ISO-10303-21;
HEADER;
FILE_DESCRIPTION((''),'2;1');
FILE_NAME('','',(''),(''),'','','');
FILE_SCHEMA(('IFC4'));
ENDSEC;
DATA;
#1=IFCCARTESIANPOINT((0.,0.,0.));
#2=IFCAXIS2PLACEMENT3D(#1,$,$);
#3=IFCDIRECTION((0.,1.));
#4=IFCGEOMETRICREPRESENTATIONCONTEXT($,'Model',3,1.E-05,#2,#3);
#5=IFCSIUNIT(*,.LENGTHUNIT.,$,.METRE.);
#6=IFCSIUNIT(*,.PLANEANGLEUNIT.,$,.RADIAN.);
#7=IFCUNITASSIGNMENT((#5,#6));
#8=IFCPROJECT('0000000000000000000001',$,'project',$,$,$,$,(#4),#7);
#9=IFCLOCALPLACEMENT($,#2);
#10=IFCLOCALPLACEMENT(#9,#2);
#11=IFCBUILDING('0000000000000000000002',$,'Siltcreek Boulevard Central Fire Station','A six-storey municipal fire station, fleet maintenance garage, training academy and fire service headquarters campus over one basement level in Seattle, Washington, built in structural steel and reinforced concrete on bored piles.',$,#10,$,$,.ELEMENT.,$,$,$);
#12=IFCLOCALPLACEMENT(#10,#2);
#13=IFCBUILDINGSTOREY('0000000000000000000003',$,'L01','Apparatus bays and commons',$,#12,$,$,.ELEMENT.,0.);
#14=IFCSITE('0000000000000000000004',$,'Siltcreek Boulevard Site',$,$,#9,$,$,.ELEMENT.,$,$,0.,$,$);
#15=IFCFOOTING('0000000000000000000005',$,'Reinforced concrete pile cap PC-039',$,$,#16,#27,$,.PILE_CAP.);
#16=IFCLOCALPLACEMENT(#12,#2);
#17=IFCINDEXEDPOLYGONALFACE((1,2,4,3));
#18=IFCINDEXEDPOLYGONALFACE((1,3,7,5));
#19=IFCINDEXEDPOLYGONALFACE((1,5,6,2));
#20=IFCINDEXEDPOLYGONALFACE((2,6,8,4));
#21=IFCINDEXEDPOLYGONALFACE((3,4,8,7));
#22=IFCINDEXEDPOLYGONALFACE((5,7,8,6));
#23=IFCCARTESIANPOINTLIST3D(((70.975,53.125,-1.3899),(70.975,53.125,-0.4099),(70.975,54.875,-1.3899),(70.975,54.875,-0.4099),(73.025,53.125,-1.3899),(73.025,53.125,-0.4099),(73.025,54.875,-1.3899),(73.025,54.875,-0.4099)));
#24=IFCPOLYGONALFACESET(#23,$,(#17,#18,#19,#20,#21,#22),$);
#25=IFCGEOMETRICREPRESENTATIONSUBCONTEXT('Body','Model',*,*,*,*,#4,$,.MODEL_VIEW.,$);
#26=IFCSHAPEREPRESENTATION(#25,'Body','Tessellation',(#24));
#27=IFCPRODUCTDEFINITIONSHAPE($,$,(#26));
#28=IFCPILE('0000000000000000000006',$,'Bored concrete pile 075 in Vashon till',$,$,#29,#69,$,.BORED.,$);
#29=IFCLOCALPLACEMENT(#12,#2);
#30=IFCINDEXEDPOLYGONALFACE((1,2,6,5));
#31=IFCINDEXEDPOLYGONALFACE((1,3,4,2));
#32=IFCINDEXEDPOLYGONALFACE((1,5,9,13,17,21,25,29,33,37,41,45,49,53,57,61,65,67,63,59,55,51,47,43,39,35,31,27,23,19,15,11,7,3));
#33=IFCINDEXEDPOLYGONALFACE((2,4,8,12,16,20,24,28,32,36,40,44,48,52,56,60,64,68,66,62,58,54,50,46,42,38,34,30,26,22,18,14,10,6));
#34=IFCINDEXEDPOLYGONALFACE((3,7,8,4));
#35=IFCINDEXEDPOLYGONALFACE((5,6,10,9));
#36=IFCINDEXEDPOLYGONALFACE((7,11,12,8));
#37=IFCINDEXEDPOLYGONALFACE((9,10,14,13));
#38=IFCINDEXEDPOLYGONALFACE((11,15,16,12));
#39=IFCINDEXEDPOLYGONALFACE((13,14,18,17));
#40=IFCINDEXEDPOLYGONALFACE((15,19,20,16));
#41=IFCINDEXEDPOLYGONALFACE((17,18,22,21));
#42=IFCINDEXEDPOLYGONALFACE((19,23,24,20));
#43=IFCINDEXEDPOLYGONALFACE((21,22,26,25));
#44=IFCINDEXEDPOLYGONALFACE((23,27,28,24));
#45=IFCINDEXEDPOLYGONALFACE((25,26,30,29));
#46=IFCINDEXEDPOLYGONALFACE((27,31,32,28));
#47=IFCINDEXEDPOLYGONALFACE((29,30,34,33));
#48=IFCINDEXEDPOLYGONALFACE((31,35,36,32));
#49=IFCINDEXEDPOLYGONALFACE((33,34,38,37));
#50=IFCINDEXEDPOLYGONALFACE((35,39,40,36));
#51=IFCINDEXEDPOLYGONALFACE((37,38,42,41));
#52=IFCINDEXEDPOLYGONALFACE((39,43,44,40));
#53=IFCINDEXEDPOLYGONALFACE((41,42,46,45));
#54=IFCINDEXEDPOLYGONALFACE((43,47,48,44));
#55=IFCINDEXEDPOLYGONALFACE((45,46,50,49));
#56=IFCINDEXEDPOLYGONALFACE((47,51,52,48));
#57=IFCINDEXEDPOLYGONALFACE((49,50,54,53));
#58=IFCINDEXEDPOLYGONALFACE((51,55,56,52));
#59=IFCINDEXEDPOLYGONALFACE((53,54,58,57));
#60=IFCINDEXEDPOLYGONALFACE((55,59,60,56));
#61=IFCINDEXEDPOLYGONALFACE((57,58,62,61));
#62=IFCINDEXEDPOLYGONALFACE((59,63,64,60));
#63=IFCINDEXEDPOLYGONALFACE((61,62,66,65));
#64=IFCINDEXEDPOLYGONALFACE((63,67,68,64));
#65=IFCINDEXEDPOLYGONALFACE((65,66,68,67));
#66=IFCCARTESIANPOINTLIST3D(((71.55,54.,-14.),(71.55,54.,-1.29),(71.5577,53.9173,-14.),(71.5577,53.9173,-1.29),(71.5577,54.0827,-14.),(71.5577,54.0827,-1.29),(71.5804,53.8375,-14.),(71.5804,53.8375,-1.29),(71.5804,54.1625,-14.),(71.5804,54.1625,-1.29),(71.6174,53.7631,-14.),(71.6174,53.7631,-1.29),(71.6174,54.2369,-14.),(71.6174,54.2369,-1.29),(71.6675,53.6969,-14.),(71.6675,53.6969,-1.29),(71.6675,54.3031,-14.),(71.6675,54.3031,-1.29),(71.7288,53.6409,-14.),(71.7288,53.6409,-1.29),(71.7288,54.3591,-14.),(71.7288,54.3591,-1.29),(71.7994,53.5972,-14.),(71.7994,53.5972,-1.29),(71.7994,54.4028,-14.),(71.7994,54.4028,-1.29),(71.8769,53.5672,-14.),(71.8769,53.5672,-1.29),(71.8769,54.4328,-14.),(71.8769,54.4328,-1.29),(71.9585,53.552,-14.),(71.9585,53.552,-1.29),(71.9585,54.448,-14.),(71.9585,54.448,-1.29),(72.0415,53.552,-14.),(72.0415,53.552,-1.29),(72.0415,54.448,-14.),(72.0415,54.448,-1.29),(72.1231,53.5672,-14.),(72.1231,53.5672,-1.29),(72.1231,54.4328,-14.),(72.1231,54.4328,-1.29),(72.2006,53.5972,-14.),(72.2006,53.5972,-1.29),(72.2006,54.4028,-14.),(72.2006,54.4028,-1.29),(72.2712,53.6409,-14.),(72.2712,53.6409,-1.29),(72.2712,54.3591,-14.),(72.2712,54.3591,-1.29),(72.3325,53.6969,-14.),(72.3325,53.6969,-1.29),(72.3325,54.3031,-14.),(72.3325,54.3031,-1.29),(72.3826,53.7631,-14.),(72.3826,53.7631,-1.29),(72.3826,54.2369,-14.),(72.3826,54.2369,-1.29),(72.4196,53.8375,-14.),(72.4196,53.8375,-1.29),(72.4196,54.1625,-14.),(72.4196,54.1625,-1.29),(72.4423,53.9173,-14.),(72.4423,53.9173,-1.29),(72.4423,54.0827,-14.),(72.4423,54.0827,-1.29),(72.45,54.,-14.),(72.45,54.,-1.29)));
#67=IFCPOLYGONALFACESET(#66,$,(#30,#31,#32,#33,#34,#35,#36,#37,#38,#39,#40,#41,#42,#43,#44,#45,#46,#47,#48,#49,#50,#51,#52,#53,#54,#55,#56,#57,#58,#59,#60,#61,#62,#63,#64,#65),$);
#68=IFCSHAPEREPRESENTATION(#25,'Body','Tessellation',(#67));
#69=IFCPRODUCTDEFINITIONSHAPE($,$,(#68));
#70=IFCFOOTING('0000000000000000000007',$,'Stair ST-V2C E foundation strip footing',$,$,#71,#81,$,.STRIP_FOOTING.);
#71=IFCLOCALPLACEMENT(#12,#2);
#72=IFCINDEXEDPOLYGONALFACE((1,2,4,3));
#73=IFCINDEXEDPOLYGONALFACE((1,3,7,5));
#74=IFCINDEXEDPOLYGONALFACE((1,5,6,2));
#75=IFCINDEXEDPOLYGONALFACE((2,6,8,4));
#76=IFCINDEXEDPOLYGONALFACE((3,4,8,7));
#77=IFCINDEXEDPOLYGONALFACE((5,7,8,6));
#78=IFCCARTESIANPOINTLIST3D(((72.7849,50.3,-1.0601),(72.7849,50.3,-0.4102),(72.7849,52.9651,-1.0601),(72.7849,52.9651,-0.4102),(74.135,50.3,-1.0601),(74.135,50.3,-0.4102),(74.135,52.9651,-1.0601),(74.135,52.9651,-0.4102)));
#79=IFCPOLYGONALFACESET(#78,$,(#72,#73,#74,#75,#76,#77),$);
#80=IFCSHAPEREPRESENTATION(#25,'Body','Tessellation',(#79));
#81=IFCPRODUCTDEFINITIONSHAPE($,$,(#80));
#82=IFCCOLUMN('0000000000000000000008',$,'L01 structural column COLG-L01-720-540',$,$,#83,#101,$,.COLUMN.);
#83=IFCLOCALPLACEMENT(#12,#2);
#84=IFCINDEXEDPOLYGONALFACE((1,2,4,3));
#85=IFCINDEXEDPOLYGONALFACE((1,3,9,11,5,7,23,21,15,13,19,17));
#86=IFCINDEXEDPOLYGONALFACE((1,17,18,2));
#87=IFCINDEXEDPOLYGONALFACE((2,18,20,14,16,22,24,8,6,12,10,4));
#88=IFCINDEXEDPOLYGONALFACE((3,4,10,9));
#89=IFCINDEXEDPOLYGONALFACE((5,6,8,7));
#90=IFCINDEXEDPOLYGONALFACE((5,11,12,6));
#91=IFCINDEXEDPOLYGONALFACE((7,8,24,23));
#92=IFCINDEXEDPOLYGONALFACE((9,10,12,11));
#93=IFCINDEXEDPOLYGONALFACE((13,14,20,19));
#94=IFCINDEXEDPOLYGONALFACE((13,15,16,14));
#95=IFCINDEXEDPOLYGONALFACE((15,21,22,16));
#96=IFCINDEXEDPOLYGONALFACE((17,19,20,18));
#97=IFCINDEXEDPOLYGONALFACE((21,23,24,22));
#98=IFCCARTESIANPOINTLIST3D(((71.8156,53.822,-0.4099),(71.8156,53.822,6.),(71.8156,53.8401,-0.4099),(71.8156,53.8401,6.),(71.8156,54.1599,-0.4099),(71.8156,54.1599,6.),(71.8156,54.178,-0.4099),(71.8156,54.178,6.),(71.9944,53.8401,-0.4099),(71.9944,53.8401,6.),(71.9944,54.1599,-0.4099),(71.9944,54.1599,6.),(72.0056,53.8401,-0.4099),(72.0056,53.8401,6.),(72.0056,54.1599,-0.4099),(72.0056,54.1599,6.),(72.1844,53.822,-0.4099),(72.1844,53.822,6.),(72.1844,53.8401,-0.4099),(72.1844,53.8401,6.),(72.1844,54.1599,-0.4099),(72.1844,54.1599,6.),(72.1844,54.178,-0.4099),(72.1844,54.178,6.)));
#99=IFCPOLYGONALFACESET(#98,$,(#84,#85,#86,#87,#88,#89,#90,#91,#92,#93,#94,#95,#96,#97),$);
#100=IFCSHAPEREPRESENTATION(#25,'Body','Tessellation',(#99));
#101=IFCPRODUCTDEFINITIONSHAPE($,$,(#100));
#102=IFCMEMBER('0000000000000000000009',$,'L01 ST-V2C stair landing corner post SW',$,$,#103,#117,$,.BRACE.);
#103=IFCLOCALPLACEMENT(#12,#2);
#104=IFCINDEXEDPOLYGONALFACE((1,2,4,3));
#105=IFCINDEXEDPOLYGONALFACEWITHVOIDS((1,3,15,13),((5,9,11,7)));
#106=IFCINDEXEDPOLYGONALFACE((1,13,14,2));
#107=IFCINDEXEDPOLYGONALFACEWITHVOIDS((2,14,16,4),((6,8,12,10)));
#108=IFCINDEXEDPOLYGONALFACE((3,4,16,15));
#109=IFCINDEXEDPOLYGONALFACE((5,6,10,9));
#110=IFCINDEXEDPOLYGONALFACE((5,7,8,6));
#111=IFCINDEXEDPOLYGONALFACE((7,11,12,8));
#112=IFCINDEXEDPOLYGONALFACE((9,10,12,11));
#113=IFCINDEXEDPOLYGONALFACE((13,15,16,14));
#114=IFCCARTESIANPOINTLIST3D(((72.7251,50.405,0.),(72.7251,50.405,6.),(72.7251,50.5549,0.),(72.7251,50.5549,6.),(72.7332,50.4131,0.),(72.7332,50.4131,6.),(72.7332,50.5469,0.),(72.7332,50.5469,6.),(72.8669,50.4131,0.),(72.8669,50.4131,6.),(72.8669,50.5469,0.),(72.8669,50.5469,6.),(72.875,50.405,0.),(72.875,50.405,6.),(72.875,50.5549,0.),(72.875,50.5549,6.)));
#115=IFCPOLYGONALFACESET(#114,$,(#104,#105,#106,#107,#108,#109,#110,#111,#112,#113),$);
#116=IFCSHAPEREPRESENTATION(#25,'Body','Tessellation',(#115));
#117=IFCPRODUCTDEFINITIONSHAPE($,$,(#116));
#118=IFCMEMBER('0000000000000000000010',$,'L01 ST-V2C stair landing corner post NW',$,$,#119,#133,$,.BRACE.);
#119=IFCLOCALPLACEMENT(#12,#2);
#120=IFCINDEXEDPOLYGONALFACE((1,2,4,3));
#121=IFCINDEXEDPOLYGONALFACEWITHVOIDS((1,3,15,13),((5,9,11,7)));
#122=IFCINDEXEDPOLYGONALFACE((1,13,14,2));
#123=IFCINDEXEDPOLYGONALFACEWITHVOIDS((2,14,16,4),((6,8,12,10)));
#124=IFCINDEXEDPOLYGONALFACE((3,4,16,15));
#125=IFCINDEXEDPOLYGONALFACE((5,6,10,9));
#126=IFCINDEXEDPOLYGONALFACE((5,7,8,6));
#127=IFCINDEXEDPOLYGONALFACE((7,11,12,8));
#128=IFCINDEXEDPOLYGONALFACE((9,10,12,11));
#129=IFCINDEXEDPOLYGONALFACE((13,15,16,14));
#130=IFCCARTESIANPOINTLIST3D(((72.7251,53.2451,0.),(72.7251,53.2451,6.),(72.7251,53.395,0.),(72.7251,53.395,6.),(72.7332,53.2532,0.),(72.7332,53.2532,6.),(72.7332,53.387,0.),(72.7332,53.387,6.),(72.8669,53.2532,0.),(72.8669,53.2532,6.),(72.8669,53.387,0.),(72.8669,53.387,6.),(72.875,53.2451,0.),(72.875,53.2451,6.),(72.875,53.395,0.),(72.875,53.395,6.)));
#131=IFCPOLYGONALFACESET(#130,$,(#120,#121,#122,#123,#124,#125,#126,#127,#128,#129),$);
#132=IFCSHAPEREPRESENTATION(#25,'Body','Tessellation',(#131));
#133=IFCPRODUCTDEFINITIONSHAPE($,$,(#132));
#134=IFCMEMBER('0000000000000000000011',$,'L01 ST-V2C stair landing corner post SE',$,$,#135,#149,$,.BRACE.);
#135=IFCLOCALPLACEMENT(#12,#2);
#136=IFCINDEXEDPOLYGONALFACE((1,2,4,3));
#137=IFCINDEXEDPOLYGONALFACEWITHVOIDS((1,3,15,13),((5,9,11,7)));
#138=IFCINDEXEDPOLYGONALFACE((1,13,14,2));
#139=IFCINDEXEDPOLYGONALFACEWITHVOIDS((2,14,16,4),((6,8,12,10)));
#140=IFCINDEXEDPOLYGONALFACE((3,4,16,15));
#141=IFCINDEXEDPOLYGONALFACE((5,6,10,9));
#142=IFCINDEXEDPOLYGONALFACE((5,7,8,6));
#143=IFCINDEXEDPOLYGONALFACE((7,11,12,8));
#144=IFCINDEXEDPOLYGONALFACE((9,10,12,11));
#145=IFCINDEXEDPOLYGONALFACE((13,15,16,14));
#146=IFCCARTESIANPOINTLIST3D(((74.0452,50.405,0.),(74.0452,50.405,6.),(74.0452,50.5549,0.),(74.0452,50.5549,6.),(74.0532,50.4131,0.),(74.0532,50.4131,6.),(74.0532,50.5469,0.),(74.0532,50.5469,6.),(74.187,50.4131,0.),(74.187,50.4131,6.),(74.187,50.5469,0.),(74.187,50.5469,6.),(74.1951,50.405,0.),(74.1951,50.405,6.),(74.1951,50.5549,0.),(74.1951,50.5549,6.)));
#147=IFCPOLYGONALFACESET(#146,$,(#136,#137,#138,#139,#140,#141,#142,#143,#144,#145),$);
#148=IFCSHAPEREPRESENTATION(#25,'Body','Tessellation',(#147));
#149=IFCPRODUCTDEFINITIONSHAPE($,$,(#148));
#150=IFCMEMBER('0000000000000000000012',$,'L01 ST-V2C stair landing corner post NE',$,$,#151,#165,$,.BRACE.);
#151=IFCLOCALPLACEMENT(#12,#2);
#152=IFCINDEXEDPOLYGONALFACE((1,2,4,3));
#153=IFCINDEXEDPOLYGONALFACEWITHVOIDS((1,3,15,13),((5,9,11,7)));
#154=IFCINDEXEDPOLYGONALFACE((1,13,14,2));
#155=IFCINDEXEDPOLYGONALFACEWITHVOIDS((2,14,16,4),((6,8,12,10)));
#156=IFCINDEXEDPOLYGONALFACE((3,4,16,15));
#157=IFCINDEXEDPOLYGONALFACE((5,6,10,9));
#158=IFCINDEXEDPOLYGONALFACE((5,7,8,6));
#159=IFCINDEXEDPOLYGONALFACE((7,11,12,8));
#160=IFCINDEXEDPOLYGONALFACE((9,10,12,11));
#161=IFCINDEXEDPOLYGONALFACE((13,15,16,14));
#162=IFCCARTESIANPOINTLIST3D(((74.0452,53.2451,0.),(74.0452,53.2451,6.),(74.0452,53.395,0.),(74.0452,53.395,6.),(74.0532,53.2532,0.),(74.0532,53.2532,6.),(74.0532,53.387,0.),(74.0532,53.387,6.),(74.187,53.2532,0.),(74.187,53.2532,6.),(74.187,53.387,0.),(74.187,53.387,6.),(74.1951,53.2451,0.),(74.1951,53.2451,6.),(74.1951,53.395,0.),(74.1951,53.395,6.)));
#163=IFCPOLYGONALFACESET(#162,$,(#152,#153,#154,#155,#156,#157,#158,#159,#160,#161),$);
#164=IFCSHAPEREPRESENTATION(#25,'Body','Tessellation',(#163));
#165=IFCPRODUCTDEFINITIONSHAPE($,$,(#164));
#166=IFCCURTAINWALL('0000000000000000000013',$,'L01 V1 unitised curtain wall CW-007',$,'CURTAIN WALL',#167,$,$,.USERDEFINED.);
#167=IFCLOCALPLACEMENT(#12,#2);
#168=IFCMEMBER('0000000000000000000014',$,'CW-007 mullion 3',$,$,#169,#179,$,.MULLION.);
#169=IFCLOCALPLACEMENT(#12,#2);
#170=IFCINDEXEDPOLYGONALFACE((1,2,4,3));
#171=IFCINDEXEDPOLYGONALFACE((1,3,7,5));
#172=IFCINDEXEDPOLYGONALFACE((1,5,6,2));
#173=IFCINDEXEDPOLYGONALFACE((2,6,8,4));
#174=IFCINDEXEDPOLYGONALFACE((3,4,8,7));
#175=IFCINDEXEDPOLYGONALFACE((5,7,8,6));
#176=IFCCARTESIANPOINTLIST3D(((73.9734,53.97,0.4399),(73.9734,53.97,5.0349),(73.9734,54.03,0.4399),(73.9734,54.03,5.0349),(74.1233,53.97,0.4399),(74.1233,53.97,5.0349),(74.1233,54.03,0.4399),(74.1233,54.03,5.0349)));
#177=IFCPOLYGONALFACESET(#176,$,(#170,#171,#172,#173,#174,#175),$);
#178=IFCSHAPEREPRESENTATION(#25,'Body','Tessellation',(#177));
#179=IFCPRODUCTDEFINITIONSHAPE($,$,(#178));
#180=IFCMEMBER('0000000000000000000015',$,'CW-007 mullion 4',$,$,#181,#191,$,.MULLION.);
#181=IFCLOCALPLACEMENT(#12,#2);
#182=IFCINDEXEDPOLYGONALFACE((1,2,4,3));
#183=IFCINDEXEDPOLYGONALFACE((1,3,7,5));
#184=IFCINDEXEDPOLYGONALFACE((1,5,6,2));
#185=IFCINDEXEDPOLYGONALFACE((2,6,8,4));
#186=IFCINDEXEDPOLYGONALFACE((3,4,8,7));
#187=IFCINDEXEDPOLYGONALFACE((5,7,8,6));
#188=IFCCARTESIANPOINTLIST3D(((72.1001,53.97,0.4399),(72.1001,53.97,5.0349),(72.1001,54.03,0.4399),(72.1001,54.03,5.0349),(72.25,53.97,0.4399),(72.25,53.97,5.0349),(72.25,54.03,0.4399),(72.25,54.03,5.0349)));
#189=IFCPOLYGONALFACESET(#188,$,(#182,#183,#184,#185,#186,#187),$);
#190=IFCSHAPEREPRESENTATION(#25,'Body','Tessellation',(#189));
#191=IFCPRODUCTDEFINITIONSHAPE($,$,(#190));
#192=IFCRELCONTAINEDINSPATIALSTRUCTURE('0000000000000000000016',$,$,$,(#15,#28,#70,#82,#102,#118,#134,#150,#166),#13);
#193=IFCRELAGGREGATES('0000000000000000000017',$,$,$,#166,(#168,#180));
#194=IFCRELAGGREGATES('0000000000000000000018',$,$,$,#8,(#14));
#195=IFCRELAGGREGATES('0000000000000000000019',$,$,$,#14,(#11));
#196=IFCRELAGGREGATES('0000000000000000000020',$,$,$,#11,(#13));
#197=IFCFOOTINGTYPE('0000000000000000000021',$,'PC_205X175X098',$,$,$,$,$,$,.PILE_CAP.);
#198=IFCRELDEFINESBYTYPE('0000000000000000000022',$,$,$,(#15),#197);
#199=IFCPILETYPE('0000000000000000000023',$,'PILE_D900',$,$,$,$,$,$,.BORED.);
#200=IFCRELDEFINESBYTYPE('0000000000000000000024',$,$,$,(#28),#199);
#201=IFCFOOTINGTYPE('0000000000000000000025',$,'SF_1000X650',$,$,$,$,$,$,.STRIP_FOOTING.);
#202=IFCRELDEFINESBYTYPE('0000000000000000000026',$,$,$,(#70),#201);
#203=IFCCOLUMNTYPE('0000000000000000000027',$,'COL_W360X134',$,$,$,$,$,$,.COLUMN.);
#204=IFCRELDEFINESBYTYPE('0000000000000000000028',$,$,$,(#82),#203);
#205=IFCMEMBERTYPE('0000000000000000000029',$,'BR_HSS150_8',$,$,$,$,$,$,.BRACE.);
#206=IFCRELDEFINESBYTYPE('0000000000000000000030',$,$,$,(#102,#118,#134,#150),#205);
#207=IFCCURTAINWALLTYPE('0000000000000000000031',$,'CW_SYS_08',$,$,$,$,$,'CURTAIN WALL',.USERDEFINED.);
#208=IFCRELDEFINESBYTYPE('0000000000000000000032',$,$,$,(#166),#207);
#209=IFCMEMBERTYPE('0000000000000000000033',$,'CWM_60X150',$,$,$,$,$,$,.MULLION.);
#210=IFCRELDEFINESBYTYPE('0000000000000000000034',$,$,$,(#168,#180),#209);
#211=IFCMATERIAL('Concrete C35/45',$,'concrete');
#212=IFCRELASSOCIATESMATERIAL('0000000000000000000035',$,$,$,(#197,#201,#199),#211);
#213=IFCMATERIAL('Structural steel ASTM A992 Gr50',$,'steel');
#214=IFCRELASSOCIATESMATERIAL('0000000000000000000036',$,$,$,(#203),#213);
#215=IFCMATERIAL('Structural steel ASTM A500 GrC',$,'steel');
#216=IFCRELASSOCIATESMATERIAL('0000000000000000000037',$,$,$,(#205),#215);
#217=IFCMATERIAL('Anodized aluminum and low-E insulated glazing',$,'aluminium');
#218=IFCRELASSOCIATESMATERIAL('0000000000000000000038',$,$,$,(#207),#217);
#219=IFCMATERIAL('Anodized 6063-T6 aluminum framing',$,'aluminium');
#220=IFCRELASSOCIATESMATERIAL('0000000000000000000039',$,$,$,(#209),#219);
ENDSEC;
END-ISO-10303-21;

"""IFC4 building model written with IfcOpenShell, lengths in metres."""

from ifc_helpers import new_model, si_unit, direction, frame, origin, origin_2d, place, context, subcontext, project, spatial, rectangle, hollow_rectangle, circle, i_section, extrude, material, material_profile, profile_set, type_object, element, aggregate, save


model = new_model("IFC4")

# Units and contexts
model_context = context("Model", 3, precision=1e-05, world=origin(), true_north=direction((0.0, 1.0)))
body_context = subcontext(model_context, "Body", "Model", "MODEL_VIEW")
ifc_project = project(units=[si_unit("LENGTHUNIT", "METRE"), si_unit("PLANEANGLEUNIT", "RADIAN")], contexts=[model_context])

# Site, building, storey
site_placement = place(None, origin())
site = spatial("IfcSite", under=ifc_project, at=site_placement, Name="Siltcreek Boulevard Site", CompositionType="ELEMENT", RefElevation=0.0)
building_placement = place(site_placement, origin())
building = spatial("IfcBuilding", under=site, at=building_placement, Name="Siltcreek Boulevard Central Fire Station", Description="A six-storey municipal fire station, fleet maintenance garage, training academy and fire service headquarters campus over one basement level in Seattle, Washington, built in structural steel and reinforced concrete on bored piles.", CompositionType="ELEMENT")
storey_placement = place(building_placement, origin())
storey = spatial("IfcBuildingStorey", under=building, at=storey_placement, Name="L01", Description="Apparatus bays and commons", CompositionType="ELEMENT", Elevation=0.0)

# Footing
ifc_material_1 = material(Name="Concrete C35/45", Category="concrete")
footing_type_1 = type_object("IfcFootingType", Name="PC_205X175X098", PredefinedType="PILE_CAP", material=ifc_material_1)
footing_1_placement = place(storey_placement, frame((72.0, 54.0, -1.3899), z_axis=(0.0, 0.0, 1.0), x_axis=(1.0, 0.0, 0.0)))
element("IfcFooting", 1, at=footing_1_placement, inside=storey, type_object=footing_type_1, Name="Reinforced concrete pile cap PC-039", PredefinedType="PILE_CAP", context=body_context, shape_type="SweptSolid", body=[
    extrude(rectangle(XDim=2.05, YDim=1.75, at=origin_2d()), origin(), (0.0, 0.0, 1.0), 0.98),
])

# Pile
ifc_material_profile_1 = material_profile(ifc_material_1, circle(Radius=0.45, at=origin_2d()), Name="SHAFT900")
ifc_profile_set_1 = profile_set([ifc_material_profile_1], Name="Concrete C35/45")
pile_type = type_object("IfcPileType", Name="PILE_D900", PredefinedType="BORED", material=ifc_profile_set_1)
pile_placement = place(storey_placement, frame((72.0, 54.0, -1.29), z_axis=(0.0, 0.0, -1.0), x_axis=(1.0, 0.0, 0.0)))
element("IfcPile", 2, at=pile_placement, inside=storey, type_object=pile_type, Name="Bored concrete pile 075 in Vashon till", PredefinedType="BORED", context=body_context, shape_type="SweptSolid", body=[
    extrude(circle(Radius=0.45, at=origin_2d()), origin(), (0.0, 0.0, 1.0), 12.71),
])

# Footing
footing_type_2 = type_object("IfcFootingType", Name="SF_1000X650", PredefinedType="STRIP_FOOTING", material=ifc_material_1)
footing_2_placement = place(storey_placement, frame((73.46, 51.6326, -1.0601), z_axis=(0.0, 0.0, 1.0), x_axis=(1.0, 0.0, 0.0)))
element("IfcFooting", 3, at=footing_2_placement, inside=storey, type_object=footing_type_2, Name="Stair ST-V2C E foundation strip footing", PredefinedType="STRIP_FOOTING", context=body_context, shape_type="SweptSolid", body=[
    extrude(rectangle(XDim=1.3501, YDim=2.665, at=origin_2d()), origin(), (0.0, 0.0, 1.0), 0.6499),
])

# Column
ifc_material_2 = material(Name="Structural steel ASTM A992 Gr50", Category="steel")
ifc_material_profile_2 = material_profile(ifc_material_2, i_section(OverallWidth=0.3689, OverallDepth=0.356, WebThickness=0.0112, FlangeThickness=0.0181, at=origin_2d()), Name="W360X134")
ifc_profile_set_2 = profile_set([ifc_material_profile_2], Name="Structural steel ASTM A992 Gr50")
column_type = type_object("IfcColumnType", Name="COL_W360X134", PredefinedType="COLUMN", material=ifc_profile_set_2)
column_placement = place(storey_placement, frame((72.0, 54.0, -0.4099), z_axis=(0.0, 0.0, 1.0), x_axis=(1.0, 0.0, 0.0)))
element("IfcColumn", 4, at=column_placement, inside=storey, type_object=column_type, Name="L01 structural column COLG-L01-720-540", PredefinedType="COLUMN", context=body_context, shape_type="SweptSolid", body=[
    extrude(i_section(OverallWidth=0.3689, OverallDepth=0.356, WebThickness=0.0112, FlangeThickness=0.0181, at=origin_2d()), origin(), (0.0, 0.0, 1.0), 6.4099),
])

# Members
ifc_material_3 = material(Name="Structural steel ASTM A500 GrC", Category="steel")
ifc_material_profile_3 = material_profile(ifc_material_3, hollow_rectangle(XDim=0.1499, YDim=0.1499, WallThickness=0.0081, at=origin_2d()), Name="HSS150X150X8.0")
ifc_profile_set_3 = profile_set([ifc_material_profile_3], Name="Structural steel ASTM A500 GrC")
member_type_1 = type_object("IfcMemberType", Name="BR_HSS150_8", PredefinedType="BRACE", material=ifc_profile_set_3)
for number, where, z_axis, x_axis, name in (
    (5, (72.8, 50.48, 0.0), (0.0, 0.0, 1.0), (1.0, 0.0, 0.0), "L01 ST-V2C stair landing corner post SW"),
    (6, (72.8, 53.3201, 0.0), (0.0, 0.0, 1.0), (1.0, 0.0, 0.0), "L01 ST-V2C stair landing corner post NW"),
    (7, (74.1201, 50.48, 0.0), (0.0, 0.0, 1.0), (1.0, 0.0, 0.0), "L01 ST-V2C stair landing corner post SE"),
    (8, (74.1201, 53.3201, 0.0), (0.0, 0.0, 1.0), (1.0, 0.0, 0.0), "L01 ST-V2C stair landing corner post NE"),
):
    element("IfcMember", number, at=place(storey_placement, frame(where, z_axis=z_axis, x_axis=x_axis)), inside=storey, type_object=member_type_1, Name=name, PredefinedType="BRACE", context=body_context, shape_type="SweptSolid", body=[
        extrude(hollow_rectangle(XDim=0.1499, YDim=0.1499, WallThickness=0.0081, at=origin_2d()), origin(), (0.0, 0.0, 1.0), 6.0),
    ])

# Curtain wall, members
ifc_material_4 = material(Name="Anodized aluminum and low-E insulated glazing", Category="aluminium")
curtain_wall_type = type_object("IfcCurtainWallType", Name="CW_SYS_08", ElementType="CURTAIN WALL", PredefinedType="USERDEFINED", material=ifc_material_4)
curtain_wall_placement = place(storey_placement, origin())
curtain_wall = element("IfcCurtainWall", 9, at=curtain_wall_placement, inside=storey, type_object=curtain_wall_type, Name="L01 V1 unitised curtain wall CW-007", ObjectType="CURTAIN WALL", PredefinedType="USERDEFINED")
ifc_material_5 = material(Name="Anodized 6063-T6 aluminum framing", Category="aluminium")
ifc_material_profile_4 = material_profile(ifc_material_5, rectangle(XDim=0.0601, YDim=0.1499, at=origin_2d()), Name="MULL60X150")
ifc_profile_set_4 = profile_set([ifc_material_profile_4], Name="Anodized 6063-T6 aluminum framing")
member_type_2 = type_object("IfcMemberType", Name="CWM_60X150", PredefinedType="MULLION", material=ifc_profile_set_4)
member_1_placement = place(storey_placement, frame((74.0483, 54.0, 0.4399), z_axis=(0.0, 0.0, 1.0), x_axis=(0.0, -1.0, 0.0)))
member_1 = element("IfcMember", 10, at=member_1_placement, type_object=member_type_2, Name="CW-007 mullion 3", PredefinedType="MULLION", context=body_context, shape_type="SweptSolid", body=[
    extrude(rectangle(XDim=0.0601, YDim=0.1499, at=origin_2d()), origin(), (0.0, 0.0, 1.0), 4.595),
])
member_2_placement = place(storey_placement, frame((72.175, 54.0, 0.4399), z_axis=(0.0, 0.0, 1.0), x_axis=(0.0, -1.0, 0.0)))
member_2 = element("IfcMember", 11, at=member_2_placement, type_object=member_type_2, Name="CW-007 mullion 4", PredefinedType="MULLION", context=body_context, shape_type="SweptSolid", body=[
    extrude(rectangle(XDim=0.0601, YDim=0.1499, at=origin_2d()), origin(), (0.0, 0.0, 1.0), 4.595),
])

aggregate(curtain_wall, [member_1, member_2])

save(model, "model.ifc")
